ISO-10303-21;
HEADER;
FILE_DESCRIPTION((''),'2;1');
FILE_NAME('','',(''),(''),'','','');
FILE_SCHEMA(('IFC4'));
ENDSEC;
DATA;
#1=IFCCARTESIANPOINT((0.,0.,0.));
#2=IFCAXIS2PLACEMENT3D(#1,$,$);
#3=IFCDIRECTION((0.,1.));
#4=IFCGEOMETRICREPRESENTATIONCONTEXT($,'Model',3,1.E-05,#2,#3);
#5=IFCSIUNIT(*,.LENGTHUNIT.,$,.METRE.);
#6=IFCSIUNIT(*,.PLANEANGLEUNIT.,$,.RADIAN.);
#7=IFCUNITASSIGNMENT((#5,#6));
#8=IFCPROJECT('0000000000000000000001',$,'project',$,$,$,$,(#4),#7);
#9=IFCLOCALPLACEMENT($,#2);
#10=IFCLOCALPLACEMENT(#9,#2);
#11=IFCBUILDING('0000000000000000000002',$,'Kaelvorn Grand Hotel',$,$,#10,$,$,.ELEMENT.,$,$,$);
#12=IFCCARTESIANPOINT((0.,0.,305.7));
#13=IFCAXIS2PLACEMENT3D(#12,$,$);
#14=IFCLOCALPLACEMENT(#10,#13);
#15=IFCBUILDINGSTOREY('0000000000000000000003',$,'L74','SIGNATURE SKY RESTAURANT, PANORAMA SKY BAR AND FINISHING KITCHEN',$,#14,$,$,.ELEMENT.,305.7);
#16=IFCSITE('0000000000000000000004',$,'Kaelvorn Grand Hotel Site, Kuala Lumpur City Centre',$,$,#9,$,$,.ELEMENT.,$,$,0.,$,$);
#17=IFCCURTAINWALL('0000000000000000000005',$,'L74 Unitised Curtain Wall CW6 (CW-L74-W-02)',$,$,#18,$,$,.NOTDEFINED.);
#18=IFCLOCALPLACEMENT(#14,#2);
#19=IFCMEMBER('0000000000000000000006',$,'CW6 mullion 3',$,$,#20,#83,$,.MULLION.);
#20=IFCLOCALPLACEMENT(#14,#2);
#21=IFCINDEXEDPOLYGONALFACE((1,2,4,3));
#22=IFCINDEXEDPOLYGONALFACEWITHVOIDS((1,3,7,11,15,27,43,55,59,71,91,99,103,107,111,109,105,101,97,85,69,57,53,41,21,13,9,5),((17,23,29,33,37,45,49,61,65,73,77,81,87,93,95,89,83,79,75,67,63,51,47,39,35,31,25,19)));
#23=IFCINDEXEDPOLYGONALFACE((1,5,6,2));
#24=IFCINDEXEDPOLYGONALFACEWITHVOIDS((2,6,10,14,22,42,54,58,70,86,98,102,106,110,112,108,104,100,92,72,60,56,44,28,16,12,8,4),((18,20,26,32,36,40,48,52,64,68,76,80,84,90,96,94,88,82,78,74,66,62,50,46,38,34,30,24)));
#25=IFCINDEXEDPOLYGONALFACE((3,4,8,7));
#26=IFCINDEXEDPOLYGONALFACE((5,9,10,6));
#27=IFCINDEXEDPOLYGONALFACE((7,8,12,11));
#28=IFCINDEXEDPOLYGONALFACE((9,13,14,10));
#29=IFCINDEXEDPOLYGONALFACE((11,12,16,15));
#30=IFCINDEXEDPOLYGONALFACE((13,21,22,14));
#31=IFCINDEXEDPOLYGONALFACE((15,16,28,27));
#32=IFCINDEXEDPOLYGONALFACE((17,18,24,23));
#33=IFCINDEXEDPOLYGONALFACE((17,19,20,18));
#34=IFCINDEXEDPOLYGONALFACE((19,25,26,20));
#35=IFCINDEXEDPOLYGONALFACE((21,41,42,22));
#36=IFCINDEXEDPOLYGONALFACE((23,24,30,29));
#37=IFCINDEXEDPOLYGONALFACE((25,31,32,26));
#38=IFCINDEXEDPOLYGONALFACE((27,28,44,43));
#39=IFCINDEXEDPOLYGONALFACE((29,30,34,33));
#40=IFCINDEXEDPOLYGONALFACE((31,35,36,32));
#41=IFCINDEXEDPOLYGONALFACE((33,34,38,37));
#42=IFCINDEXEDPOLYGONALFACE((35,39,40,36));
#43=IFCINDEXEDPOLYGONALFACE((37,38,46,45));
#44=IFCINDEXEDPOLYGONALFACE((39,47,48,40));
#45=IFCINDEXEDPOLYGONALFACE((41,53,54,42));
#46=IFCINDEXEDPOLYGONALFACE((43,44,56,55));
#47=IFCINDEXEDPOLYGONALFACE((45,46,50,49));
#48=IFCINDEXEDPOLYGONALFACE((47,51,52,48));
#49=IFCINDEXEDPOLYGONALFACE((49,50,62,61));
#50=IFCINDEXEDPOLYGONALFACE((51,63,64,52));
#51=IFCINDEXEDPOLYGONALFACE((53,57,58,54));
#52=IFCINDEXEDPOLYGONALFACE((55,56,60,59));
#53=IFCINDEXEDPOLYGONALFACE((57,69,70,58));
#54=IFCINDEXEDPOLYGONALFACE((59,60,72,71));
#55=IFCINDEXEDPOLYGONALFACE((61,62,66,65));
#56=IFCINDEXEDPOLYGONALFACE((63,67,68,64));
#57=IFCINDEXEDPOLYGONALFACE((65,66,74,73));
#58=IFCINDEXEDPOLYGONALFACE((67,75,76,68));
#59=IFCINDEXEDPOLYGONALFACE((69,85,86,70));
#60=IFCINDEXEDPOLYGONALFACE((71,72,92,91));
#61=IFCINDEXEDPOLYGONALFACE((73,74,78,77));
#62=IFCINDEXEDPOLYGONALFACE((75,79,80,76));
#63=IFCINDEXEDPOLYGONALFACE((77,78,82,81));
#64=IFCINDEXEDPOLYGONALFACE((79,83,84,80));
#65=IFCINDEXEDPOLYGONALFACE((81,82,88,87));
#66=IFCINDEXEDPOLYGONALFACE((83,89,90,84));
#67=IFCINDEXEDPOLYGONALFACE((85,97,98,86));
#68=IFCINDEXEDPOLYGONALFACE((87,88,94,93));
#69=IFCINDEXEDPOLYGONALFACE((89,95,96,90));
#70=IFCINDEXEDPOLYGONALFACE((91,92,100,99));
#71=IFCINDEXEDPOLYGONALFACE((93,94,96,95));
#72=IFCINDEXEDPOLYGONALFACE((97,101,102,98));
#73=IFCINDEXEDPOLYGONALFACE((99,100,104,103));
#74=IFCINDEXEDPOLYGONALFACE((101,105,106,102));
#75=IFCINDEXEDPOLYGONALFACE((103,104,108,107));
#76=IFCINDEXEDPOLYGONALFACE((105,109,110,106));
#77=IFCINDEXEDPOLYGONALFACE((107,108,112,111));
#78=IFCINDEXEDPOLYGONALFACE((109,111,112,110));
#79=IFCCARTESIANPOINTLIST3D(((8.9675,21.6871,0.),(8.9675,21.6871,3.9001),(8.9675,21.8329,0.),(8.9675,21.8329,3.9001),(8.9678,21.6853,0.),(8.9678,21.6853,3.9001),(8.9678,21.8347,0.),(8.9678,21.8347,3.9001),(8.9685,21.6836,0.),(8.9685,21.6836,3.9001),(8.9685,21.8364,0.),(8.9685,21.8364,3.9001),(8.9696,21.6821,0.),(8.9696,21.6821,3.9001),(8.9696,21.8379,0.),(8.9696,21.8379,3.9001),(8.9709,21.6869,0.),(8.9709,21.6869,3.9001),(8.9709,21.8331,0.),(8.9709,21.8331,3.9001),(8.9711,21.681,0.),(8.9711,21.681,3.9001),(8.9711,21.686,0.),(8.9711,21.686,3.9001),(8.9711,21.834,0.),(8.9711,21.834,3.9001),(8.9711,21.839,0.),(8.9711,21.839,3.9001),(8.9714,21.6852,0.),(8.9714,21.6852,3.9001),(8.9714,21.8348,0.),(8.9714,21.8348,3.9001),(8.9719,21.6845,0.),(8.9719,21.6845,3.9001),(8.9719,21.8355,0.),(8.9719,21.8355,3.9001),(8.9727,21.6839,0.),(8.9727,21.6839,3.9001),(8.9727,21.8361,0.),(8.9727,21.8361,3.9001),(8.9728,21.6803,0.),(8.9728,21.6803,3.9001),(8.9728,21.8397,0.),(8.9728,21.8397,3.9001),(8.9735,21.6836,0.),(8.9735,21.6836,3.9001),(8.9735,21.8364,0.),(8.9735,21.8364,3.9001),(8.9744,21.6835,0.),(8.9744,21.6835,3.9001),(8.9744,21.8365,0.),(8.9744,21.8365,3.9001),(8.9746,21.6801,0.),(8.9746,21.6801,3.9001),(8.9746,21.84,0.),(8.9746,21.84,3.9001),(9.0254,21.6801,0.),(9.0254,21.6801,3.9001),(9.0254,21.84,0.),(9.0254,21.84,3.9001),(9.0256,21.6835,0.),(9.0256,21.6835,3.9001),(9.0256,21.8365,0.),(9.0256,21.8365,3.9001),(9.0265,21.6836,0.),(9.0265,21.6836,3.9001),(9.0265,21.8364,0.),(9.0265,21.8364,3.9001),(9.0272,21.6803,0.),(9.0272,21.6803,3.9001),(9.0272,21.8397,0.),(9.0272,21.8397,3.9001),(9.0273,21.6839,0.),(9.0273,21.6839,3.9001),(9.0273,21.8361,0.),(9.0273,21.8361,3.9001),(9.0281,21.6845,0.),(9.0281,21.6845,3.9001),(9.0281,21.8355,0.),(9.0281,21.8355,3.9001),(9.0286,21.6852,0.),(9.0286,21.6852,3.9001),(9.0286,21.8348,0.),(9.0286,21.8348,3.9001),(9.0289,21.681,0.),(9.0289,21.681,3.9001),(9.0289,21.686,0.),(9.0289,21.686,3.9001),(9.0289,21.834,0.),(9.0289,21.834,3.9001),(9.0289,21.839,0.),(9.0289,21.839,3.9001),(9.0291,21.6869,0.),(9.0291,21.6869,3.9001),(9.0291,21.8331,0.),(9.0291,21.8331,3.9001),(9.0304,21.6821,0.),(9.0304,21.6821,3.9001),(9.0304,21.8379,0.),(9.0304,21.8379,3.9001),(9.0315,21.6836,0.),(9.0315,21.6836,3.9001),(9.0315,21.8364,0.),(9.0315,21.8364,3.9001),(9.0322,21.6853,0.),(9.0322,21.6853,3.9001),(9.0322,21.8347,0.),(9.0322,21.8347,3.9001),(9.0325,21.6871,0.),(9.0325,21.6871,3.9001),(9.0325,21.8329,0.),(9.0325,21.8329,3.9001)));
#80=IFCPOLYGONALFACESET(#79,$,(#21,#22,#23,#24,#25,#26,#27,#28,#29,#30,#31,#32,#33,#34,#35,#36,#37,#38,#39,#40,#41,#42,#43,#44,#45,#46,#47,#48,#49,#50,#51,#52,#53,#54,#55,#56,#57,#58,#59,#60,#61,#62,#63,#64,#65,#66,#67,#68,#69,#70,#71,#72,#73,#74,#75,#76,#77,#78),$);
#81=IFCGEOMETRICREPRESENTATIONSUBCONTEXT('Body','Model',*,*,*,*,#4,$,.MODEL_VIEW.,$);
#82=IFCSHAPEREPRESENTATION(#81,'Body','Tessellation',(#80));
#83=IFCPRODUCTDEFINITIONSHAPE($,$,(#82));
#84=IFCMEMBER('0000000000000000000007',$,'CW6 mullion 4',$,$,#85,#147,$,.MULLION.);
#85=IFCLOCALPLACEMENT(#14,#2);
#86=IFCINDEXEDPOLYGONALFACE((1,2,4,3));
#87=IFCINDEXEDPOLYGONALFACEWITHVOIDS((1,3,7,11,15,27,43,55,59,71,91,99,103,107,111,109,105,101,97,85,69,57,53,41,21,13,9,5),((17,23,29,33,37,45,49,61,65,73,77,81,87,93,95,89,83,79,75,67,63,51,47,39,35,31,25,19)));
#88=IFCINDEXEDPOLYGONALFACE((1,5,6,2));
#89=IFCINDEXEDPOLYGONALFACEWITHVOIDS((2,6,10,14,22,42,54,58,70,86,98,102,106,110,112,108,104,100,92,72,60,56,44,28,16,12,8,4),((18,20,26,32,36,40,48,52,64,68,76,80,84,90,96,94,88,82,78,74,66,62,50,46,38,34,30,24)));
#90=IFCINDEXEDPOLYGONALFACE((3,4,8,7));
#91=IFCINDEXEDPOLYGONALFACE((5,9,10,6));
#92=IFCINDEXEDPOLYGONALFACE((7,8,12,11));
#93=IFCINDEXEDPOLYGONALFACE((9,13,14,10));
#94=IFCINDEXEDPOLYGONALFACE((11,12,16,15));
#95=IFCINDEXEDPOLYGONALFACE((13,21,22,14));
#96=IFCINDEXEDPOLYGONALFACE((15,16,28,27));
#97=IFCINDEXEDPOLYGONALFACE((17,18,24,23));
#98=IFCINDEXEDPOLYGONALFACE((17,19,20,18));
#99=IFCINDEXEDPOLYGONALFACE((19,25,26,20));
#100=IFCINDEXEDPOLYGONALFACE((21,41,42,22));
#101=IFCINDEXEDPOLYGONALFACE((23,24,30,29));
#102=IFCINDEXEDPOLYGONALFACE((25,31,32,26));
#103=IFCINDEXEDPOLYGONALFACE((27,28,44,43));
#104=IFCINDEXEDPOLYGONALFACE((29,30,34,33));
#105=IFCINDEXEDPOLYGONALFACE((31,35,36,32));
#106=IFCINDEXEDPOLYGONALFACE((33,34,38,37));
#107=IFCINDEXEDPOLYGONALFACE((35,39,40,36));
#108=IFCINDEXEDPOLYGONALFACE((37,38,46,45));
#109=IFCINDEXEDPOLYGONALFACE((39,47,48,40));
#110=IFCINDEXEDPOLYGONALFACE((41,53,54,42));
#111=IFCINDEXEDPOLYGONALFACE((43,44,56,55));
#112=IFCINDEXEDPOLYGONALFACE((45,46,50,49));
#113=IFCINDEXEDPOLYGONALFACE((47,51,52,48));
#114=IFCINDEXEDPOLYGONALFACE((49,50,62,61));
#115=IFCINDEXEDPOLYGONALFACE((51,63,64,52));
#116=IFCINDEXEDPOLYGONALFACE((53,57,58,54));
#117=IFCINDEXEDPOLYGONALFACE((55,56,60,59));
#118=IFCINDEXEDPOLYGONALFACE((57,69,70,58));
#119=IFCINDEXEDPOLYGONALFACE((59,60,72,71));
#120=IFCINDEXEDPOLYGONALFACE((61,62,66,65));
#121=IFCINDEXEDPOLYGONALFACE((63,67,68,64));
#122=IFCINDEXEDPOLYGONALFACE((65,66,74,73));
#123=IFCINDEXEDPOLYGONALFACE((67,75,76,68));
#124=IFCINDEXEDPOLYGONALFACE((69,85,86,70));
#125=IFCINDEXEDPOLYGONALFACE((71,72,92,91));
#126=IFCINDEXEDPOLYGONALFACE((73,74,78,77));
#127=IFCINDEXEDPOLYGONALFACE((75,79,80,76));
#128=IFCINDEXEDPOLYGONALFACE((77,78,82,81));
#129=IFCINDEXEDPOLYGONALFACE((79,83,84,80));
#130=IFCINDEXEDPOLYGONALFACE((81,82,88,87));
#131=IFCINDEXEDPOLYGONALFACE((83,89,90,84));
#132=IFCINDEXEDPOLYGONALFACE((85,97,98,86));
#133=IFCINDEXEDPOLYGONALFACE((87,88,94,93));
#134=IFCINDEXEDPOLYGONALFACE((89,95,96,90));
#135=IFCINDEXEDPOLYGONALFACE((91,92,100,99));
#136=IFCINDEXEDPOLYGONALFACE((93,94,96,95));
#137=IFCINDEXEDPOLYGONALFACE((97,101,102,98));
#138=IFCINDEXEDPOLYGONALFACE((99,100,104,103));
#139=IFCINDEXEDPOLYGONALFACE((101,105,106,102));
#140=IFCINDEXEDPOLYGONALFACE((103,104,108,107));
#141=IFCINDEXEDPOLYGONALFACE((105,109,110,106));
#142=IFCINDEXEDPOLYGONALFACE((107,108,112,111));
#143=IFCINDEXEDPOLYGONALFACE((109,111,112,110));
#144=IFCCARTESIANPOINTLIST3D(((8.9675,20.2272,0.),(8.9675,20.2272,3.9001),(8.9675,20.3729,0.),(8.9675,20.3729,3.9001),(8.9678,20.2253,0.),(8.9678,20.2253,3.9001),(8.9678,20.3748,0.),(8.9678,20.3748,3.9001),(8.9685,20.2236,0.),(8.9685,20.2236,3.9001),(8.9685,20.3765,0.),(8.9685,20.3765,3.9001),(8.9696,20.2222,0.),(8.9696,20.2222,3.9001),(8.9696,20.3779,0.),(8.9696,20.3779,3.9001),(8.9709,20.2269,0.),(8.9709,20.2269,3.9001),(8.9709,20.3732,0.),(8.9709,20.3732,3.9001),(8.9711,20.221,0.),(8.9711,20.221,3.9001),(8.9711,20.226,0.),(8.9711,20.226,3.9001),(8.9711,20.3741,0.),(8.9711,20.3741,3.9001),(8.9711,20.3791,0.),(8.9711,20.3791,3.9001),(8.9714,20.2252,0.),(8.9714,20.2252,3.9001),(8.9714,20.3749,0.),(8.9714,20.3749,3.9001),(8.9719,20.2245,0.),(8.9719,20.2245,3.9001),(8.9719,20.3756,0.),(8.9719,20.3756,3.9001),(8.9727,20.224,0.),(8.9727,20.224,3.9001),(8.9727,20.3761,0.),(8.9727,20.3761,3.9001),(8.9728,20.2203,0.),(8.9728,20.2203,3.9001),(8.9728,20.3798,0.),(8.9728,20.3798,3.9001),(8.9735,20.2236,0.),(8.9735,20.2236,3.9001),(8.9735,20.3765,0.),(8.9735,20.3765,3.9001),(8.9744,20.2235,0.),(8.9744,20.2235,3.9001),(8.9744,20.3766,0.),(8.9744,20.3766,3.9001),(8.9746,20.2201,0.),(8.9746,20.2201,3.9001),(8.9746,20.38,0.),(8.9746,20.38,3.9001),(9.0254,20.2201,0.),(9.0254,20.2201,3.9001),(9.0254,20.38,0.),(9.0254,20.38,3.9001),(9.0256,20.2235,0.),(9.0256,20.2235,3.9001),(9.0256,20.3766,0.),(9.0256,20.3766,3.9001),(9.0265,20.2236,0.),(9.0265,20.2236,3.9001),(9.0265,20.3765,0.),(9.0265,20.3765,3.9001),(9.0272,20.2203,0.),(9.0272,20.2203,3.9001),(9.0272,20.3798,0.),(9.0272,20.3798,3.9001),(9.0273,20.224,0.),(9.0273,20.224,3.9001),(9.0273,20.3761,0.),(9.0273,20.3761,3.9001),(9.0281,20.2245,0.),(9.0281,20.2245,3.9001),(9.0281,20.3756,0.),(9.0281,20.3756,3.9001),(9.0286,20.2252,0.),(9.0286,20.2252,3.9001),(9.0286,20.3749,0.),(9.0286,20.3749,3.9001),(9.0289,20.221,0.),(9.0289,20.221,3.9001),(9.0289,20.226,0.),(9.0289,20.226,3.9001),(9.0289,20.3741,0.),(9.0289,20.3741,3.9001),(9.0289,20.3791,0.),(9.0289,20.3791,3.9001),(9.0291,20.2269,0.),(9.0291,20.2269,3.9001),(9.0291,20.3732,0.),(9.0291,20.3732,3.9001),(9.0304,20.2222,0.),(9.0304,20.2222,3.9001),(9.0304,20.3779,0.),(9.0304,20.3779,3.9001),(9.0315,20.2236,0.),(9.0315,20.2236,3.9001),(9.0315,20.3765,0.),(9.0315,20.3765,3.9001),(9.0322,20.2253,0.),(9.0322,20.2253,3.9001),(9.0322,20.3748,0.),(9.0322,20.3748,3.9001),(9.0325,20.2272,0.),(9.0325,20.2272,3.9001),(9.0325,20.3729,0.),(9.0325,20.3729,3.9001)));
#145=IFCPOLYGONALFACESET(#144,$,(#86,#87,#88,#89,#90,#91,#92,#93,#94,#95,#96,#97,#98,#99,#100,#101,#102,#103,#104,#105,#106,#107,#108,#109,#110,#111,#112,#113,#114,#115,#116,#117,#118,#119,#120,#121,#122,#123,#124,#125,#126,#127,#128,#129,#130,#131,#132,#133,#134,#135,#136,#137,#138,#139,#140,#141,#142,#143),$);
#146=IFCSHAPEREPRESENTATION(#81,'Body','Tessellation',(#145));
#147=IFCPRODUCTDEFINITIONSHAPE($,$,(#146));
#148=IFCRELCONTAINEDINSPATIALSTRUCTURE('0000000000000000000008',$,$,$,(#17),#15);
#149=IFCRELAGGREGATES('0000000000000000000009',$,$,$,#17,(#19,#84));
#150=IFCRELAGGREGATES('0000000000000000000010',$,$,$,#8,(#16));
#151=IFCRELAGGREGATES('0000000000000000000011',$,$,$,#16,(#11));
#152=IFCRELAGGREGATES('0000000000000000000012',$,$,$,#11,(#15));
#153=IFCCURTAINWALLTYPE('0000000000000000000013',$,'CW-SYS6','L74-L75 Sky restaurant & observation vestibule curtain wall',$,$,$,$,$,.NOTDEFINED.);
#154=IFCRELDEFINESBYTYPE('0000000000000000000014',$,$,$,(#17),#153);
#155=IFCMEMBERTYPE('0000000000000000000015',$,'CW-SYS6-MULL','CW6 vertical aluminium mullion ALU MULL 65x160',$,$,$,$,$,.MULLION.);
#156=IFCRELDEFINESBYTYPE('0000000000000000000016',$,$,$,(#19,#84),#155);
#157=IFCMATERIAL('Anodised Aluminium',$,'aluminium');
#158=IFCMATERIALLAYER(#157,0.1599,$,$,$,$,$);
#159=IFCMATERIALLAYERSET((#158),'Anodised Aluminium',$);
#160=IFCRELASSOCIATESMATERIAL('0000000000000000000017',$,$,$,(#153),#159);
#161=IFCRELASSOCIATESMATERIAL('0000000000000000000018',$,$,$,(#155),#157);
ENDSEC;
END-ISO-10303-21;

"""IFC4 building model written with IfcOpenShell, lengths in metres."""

from ifc_helpers import new_model, si_unit, direction, frame, origin, origin_2d, place, context, subcontext, project, spatial, hollow_rectangle, extrude, material, layer, layer_set, material_profile, profile_set, type_object, element, aggregate, save


model = new_model("IFC4")

# Units and contexts
model_context = context("Model", 3, precision=1e-05, world=origin(), true_north=direction((0.0, 1.0)))
body_context = subcontext(model_context, "Body", "Model", "MODEL_VIEW")
ifc_project = project(units=[si_unit("LENGTHUNIT", "METRE"), si_unit("PLANEANGLEUNIT", "RADIAN")], contexts=[model_context])

# Site, building, storey
site_placement = place(None, origin())
site = spatial("IfcSite", under=ifc_project, at=site_placement, Name="Kaelvorn Grand Hotel Site, Kuala Lumpur City Centre", CompositionType="ELEMENT", RefElevation=0.0)
building_placement = place(site_placement, origin())
building = spatial("IfcBuilding", under=site, at=building_placement, Name="Kaelvorn Grand Hotel", CompositionType="ELEMENT")
storey_placement = place(building_placement, frame((0.0, 0.0, 305.7)))
storey = spatial("IfcBuildingStorey", under=building, at=storey_placement, Name="L74", Description="SIGNATURE SKY RESTAURANT, PANORAMA SKY BAR AND FINISHING KITCHEN", CompositionType="ELEMENT", Elevation=305.7)

# Curtain wall, members
ifc_material_1 = material(Name="Anodised Aluminium", Category="aluminium")
ifc_layer_1 = layer(ifc_material_1, 0.1599)
ifc_layer_set_1 = layer_set([ifc_layer_1], Name="Anodised Aluminium")
curtain_wall_type = type_object("IfcCurtainWallType", Name="CW-SYS6", Description="L74-L75 Sky restaurant & observation vestibule curtain wall", PredefinedType="NOTDEFINED", material=ifc_layer_set_1)
curtain_wall_placement = place(storey_placement, origin())
curtain_wall = element("IfcCurtainWall", 1, at=curtain_wall_placement, inside=storey, type_object=curtain_wall_type, Name="L74 Unitised Curtain Wall CW6 (CW-L74-W-02)", PredefinedType="NOTDEFINED")
ifc_material_profile_1 = material_profile(ifc_material_1, hollow_rectangle(XDim=0.0649, YDim=0.1599, WallThickness=0.0034, InnerFilletRadius=0.0034, OuterFilletRadius=0.0071, at=origin_2d()), Name="ALU MULL 65x160")
ifc_profile_set_1 = profile_set([ifc_material_profile_1], Name="Anodised Aluminium")
member_type_1 = type_object("IfcMemberType", Name="CW-SYS6-MULL", Description="CW6 vertical aluminium mullion ALU MULL 65x160", PredefinedType="MULLION", material=ifc_profile_set_1)
member_1_placement = place(storey_placement, frame((9.0, 21.76, 0.0), z_axis=(0.0, 0.0, 1.0), x_axis=(1.0, 0.0, 0.0)))
member_1 = element("IfcMember", 2, at=member_1_placement, type_object=member_type_1, Name="CW6 mullion 3", PredefinedType="MULLION", context=body_context, shape_type="SweptSolid", body=[
    extrude(hollow_rectangle(XDim=0.0649, YDim=0.1599, WallThickness=0.0034, InnerFilletRadius=0.0034, OuterFilletRadius=0.0071, at=origin_2d()), origin(), (0.0, 0.0, 1.0), 3.9001),
])
member_2_placement = place(storey_placement, frame((9.0, 20.3, 0.0), z_axis=(0.0, 0.0, 1.0), x_axis=(1.0, 0.0, 0.0)))
member_2 = element("IfcMember", 3, at=member_2_placement, type_object=member_type_1, Name="CW6 mullion 4", PredefinedType="MULLION", context=body_context, shape_type="SweptSolid", body=[
    extrude(hollow_rectangle(XDim=0.0649, YDim=0.1599, WallThickness=0.0034, InnerFilletRadius=0.0034, OuterFilletRadius=0.0071, at=origin_2d()), origin(), (0.0, 0.0, 1.0), 3.9001),
])
aggregate(curtain_wall, [member_1, member_2])

save(model, "model.ifc")
